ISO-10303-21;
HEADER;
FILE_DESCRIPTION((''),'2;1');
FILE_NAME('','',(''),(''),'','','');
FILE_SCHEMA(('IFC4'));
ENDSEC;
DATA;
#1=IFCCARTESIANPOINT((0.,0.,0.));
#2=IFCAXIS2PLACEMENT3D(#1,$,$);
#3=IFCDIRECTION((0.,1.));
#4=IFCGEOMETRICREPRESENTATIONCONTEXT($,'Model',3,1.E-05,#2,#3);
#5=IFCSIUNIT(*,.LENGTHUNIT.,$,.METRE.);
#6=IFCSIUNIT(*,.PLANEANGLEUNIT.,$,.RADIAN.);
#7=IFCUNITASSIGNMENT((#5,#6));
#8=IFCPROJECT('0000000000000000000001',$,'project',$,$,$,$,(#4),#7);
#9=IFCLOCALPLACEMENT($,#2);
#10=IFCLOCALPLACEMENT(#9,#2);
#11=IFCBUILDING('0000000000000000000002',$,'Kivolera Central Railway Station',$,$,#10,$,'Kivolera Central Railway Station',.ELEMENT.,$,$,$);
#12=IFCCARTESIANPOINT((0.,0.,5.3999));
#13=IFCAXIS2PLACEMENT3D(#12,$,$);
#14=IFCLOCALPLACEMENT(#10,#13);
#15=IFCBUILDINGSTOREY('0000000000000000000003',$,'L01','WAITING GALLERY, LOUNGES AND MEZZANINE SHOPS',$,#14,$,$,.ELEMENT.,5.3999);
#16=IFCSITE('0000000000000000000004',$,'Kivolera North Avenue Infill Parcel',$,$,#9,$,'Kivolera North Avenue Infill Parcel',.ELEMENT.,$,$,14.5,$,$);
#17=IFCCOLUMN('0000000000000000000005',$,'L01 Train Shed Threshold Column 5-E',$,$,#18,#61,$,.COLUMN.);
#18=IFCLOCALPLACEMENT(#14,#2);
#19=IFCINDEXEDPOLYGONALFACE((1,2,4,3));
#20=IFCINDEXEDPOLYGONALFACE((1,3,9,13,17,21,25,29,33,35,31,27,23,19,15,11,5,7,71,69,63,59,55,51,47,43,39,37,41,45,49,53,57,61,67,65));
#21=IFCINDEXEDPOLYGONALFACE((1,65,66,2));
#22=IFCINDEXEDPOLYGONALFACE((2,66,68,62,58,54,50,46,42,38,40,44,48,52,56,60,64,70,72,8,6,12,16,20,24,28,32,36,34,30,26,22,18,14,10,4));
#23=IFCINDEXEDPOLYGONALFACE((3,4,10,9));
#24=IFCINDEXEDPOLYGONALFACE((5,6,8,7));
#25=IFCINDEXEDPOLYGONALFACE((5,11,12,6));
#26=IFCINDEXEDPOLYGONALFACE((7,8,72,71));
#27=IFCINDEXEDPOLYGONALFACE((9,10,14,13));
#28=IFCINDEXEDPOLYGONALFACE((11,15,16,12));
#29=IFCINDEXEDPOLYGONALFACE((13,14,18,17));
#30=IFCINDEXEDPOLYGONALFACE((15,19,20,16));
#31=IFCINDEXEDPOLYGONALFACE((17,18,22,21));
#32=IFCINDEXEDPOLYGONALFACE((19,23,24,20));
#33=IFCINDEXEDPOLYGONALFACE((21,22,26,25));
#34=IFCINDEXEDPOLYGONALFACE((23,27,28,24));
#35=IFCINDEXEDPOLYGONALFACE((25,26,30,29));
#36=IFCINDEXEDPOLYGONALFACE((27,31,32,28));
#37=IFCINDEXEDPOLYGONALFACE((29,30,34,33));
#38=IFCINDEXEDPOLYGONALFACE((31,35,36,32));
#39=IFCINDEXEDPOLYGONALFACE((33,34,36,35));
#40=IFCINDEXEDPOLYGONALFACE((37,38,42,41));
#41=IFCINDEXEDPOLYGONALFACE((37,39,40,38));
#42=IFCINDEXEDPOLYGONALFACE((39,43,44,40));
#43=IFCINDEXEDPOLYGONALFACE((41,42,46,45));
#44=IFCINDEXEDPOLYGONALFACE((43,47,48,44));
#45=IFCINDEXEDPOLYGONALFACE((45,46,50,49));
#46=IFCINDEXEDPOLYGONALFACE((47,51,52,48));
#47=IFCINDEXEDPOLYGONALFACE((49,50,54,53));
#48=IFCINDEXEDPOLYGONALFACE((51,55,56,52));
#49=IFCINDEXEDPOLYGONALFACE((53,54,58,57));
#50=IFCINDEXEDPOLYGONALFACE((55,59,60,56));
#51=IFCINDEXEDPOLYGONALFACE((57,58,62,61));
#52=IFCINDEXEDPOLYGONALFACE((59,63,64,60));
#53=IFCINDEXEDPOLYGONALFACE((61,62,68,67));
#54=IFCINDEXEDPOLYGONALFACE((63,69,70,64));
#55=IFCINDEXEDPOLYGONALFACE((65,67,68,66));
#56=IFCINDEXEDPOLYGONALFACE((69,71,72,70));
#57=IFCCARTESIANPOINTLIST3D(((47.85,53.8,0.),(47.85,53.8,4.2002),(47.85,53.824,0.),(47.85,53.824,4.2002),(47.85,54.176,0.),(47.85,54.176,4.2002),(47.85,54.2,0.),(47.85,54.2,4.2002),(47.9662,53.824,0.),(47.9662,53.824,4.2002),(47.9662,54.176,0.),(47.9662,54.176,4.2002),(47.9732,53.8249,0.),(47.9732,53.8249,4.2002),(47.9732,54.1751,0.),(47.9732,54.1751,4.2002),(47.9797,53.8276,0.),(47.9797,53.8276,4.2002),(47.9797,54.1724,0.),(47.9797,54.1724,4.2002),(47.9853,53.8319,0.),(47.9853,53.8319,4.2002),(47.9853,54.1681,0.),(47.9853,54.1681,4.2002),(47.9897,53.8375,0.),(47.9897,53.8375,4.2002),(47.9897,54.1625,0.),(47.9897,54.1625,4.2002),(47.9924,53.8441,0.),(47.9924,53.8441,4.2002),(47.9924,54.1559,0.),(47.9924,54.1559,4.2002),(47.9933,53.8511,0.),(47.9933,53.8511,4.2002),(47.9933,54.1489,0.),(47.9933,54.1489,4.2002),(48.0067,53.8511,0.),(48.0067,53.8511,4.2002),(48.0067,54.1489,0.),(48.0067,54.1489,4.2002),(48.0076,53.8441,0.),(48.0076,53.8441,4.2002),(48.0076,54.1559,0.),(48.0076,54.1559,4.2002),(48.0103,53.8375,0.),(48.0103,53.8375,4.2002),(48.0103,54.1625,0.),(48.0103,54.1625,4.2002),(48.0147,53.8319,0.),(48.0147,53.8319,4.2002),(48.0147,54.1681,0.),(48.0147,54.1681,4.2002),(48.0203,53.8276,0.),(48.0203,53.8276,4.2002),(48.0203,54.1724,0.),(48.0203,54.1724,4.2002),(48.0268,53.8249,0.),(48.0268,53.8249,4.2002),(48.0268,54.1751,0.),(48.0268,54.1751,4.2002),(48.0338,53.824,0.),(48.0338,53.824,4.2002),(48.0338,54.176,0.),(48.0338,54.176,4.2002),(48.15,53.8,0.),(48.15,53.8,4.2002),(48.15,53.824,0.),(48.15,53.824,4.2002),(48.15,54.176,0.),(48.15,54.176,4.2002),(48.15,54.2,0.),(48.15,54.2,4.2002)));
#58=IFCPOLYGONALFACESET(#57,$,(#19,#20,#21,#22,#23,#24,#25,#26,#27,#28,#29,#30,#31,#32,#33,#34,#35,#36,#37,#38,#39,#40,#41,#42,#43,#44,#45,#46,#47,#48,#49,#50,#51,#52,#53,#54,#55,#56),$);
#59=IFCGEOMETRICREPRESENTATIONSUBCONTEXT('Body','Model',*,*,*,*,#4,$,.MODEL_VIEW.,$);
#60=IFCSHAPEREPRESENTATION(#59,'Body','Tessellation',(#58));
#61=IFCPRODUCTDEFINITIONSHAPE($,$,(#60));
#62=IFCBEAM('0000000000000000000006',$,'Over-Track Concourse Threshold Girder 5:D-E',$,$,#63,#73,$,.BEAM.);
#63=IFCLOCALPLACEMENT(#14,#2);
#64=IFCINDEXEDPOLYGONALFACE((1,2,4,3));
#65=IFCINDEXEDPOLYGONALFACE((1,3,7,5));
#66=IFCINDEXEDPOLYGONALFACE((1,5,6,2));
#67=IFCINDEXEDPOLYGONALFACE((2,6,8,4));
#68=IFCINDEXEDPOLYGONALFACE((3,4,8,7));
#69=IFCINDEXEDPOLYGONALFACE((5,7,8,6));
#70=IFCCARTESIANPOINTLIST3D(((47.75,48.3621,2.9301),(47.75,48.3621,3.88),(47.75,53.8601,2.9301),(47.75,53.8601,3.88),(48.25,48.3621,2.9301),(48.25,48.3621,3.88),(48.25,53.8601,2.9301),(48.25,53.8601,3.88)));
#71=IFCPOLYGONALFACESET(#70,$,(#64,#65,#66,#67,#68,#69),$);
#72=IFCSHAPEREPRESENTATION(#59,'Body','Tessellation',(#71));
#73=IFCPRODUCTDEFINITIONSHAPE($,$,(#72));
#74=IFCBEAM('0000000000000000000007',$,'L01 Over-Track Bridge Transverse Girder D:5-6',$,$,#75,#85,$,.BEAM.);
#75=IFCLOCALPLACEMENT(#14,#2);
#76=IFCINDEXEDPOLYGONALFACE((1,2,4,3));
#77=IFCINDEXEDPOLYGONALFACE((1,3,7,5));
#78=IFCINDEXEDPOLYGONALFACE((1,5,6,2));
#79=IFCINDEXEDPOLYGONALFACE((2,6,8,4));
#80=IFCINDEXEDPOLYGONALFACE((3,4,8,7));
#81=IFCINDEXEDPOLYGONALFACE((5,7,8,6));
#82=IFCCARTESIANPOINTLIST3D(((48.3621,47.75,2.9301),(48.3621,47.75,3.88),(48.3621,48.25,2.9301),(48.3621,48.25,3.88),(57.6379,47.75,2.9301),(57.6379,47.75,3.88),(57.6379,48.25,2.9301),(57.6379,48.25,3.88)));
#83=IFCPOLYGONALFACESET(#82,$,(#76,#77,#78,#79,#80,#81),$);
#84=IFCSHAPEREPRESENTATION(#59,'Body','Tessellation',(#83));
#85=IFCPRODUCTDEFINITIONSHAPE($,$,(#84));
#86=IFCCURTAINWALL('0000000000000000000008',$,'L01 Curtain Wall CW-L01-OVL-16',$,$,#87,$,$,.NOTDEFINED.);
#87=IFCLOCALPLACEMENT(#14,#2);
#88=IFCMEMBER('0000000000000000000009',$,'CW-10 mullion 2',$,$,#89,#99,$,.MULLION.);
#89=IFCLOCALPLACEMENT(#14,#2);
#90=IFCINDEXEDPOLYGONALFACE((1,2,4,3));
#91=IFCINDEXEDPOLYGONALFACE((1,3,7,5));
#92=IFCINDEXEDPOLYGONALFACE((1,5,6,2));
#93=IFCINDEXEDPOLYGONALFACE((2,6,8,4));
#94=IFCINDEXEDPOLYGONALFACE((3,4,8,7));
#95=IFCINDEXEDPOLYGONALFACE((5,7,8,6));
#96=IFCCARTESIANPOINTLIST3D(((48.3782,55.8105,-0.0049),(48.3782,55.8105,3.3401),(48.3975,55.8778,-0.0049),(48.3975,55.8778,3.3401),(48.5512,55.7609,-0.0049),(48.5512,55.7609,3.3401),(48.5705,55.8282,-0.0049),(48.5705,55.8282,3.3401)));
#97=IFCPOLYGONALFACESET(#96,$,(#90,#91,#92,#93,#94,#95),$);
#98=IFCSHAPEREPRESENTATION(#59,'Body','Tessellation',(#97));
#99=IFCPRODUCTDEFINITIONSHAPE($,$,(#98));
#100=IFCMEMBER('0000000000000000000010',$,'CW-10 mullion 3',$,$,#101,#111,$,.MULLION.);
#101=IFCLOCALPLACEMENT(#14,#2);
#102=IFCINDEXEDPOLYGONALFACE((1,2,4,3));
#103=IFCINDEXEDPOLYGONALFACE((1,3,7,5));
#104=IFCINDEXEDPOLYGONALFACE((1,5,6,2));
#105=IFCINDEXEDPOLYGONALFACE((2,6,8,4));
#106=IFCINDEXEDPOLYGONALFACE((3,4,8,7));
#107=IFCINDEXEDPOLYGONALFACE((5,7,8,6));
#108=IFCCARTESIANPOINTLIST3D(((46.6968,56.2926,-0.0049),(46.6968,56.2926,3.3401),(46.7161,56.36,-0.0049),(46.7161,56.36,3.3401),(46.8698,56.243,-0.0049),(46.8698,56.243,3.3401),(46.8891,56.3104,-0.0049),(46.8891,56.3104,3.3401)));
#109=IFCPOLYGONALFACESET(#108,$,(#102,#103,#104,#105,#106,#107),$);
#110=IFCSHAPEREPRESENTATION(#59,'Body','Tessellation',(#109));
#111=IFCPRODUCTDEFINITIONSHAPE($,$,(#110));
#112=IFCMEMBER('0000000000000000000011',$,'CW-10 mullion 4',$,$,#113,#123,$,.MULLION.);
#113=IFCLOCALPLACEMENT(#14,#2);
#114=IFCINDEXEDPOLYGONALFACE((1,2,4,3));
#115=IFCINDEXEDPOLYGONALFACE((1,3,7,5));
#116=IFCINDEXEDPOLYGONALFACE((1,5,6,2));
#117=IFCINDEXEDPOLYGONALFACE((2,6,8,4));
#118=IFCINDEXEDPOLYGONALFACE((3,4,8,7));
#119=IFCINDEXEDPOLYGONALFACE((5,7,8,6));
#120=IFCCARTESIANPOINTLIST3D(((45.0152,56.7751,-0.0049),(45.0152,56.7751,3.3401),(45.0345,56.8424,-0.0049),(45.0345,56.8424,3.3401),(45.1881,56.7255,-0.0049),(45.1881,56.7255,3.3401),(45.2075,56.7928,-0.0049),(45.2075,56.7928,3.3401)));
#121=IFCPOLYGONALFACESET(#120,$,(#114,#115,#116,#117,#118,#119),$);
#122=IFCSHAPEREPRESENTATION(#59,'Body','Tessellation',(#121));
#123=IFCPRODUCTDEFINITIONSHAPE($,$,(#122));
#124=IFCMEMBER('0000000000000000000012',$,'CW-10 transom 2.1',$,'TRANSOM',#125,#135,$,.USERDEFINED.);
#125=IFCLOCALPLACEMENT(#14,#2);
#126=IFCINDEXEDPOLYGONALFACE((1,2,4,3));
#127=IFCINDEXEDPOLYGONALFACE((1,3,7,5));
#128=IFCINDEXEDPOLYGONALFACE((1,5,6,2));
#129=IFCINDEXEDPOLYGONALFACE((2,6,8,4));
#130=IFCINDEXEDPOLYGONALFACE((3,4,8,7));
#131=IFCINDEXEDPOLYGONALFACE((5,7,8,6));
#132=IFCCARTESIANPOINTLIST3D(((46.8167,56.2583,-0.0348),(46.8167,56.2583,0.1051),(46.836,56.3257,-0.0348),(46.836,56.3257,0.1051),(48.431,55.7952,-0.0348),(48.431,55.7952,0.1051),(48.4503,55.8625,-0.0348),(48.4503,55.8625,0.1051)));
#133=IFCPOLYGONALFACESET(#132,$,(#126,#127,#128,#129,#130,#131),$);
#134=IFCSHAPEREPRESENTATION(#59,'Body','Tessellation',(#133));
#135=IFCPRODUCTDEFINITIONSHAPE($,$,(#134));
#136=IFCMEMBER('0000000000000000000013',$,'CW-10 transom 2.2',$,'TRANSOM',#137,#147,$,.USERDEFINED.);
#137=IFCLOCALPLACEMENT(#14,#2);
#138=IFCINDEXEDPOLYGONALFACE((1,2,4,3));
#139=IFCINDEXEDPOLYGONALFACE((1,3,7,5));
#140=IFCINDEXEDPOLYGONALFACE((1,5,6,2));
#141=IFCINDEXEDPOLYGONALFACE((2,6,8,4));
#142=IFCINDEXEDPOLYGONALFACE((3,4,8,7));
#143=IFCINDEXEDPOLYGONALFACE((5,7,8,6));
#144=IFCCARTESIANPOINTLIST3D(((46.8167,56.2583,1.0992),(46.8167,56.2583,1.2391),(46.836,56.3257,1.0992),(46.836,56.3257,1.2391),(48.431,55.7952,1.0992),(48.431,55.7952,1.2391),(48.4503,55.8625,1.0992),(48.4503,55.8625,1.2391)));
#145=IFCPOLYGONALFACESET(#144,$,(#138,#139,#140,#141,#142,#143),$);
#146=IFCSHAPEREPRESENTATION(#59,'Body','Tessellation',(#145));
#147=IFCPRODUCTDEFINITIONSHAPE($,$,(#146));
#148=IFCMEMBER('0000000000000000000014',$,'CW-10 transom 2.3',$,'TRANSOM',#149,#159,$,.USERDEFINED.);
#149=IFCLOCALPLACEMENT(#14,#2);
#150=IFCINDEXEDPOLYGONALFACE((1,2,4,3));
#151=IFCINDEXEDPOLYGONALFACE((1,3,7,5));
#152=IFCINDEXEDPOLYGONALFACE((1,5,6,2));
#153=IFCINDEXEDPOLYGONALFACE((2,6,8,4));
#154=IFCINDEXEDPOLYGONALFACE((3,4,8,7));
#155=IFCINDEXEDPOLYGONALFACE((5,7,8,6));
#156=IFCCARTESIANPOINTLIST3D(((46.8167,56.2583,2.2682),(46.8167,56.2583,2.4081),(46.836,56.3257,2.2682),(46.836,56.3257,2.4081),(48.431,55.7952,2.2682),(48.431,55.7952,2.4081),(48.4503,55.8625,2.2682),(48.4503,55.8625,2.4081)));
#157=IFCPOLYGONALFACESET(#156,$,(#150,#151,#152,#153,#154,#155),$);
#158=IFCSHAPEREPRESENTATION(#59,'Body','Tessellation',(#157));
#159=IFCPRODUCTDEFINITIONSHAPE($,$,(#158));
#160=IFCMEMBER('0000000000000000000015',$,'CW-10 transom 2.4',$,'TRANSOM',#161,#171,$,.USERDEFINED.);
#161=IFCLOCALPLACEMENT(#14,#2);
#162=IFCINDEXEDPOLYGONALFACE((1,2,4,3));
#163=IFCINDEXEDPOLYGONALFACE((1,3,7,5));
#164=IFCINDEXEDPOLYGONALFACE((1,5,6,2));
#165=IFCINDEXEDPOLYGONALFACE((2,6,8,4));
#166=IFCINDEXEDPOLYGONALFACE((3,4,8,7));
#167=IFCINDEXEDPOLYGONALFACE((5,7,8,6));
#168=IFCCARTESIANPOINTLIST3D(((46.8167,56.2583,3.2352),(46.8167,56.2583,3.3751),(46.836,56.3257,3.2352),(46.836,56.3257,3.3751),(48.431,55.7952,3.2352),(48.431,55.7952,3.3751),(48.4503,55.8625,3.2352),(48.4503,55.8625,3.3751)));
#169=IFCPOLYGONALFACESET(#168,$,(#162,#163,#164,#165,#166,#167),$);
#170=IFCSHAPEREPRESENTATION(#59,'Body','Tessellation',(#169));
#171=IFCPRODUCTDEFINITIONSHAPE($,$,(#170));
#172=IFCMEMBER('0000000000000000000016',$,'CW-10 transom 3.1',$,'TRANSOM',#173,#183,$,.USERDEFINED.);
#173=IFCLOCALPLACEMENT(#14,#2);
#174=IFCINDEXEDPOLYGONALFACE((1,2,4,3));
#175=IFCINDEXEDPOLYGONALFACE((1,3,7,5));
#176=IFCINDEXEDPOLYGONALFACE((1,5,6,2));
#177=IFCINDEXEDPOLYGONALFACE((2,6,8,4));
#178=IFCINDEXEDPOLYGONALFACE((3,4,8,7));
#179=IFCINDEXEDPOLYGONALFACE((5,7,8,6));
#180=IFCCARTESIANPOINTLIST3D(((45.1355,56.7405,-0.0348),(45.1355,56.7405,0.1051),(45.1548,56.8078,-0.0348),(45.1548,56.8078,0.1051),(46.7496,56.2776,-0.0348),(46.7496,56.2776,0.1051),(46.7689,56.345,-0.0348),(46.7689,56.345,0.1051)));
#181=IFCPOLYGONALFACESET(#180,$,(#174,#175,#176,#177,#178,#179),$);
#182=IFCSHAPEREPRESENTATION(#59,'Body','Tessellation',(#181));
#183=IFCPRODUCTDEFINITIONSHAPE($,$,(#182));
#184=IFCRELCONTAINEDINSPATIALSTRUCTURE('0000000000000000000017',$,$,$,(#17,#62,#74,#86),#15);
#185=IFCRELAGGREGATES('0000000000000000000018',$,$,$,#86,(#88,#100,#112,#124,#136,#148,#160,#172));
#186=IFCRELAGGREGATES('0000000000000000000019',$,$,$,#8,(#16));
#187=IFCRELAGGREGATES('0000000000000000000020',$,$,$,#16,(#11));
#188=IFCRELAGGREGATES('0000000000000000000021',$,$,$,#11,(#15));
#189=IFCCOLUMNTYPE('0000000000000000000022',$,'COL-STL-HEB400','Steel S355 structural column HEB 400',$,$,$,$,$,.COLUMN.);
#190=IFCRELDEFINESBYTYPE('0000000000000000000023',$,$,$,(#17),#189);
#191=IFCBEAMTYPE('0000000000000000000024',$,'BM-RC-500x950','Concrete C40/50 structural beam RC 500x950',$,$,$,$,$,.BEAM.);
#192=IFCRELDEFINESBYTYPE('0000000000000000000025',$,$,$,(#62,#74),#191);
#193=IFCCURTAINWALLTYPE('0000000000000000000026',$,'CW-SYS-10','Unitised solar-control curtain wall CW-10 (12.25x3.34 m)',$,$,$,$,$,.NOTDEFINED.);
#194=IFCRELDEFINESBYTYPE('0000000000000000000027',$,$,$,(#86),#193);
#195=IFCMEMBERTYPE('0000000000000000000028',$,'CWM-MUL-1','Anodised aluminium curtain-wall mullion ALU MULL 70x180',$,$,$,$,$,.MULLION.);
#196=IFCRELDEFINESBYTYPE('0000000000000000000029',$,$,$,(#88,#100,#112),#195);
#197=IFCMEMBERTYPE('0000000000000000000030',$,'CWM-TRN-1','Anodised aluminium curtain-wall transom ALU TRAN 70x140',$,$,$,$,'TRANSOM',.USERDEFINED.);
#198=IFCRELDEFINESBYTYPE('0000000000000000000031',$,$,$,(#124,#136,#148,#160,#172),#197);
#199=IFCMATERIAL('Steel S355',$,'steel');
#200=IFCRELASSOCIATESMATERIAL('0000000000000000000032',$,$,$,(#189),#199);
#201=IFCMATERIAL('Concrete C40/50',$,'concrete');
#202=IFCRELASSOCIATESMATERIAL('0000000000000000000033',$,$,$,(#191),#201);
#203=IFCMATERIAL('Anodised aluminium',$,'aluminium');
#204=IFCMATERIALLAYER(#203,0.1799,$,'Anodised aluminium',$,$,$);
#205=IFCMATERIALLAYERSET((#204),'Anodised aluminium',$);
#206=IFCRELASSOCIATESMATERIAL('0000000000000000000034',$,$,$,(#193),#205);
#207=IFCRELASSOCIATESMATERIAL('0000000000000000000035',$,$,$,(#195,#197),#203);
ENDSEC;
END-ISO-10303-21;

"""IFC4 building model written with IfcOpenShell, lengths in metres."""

from ifc_helpers import new_model, si_unit, direction, frame, origin, origin_2d, place, context, subcontext, project, spatial, rectangle, i_section, extrude, material, layer, layer_set, material_profile, profile_set, type_object, element, aggregate, save


model = new_model("IFC4")

# Units and contexts
model_context = context("Model", 3, precision=1e-05, world=origin(), true_north=direction((0.0, 1.0)))
body_context = subcontext(model_context, "Body", "Model", "MODEL_VIEW")
ifc_project = project(units=[si_unit("LENGTHUNIT", "METRE"), si_unit("PLANEANGLEUNIT", "RADIAN")], contexts=[model_context])

# Site, building, storey
site_placement = place(None, origin())
site = spatial("IfcSite", under=ifc_project, at=site_placement, Name="Kivolera North Avenue Infill Parcel", LongName="Kivolera North Avenue Infill Parcel", CompositionType="ELEMENT", RefElevation=14.5)
building_placement = place(site_placement, origin())
building = spatial("IfcBuilding", under=site, at=building_placement, Name="Kivolera Central Railway Station", LongName="Kivolera Central Railway Station", CompositionType="ELEMENT")
storey_placement = place(building_placement, frame((0.0, 0.0, 5.3999)))
storey = spatial("IfcBuildingStorey", under=building, at=storey_placement, Name="L01", Description="WAITING GALLERY, LOUNGES AND MEZZANINE SHOPS", CompositionType="ELEMENT", Elevation=5.3999)

# Column
ifc_material_1 = material(Name="Steel S355", Category="steel")
ifc_material_profile_1 = material_profile(ifc_material_1, i_section(OverallWidth=0.3, OverallDepth=0.3999, WebThickness=0.0134, FlangeThickness=0.0239, FilletRadius=0.0271, at=origin_2d()), Name="HEB 400")
ifc_profile_set_1 = profile_set([ifc_material_profile_1], Name="Steel S355")
column_type = type_object("IfcColumnType", Name="COL-STL-HEB400", Description="Steel S355 structural column HEB 400", PredefinedType="COLUMN", material=ifc_profile_set_1)
column_placement = place(storey_placement, frame((48.0, 54.0, 0.0), z_axis=(0.0, 0.0, 1.0), x_axis=(1.0, 0.0, 0.0)))
element("IfcColumn", 1, at=column_placement, inside=storey, type_object=column_type, Name="L01 Train Shed Threshold Column 5-E", PredefinedType="COLUMN", context=body_context, shape_type="SweptSolid", body=[
    extrude(i_section(OverallWidth=0.3, OverallDepth=0.3999, WebThickness=0.0134, FlangeThickness=0.0239, FilletRadius=0.0271, at=origin_2d()), origin(), (0.0, 0.0, 1.0), 4.2002),
])

# Beams
ifc_material_2 = material(Name="Concrete C40/50", Category="concrete")
ifc_material_profile_2 = material_profile(ifc_material_2, rectangle(XDim=0.5, YDim=0.95, at=origin_2d()), Name="RC 500x950")
ifc_profile_set_2 = profile_set([ifc_material_profile_2], Name="Concrete C40/50")
beam_type = type_object("IfcBeamType", Name="BM-RC-500x950", Description="Concrete C40/50 structural beam RC 500x950", PredefinedType="BEAM", material=ifc_profile_set_2)
beam_1_placement = place(storey_placement, frame((48.0, 48.3621, 3.405), z_axis=(0.0, 1.0, 0.0), x_axis=(-1.0, 0.0, 0.0)))
element("IfcBeam", 2, at=beam_1_placement, inside=storey, type_object=beam_type, Name="Over-Track Concourse Threshold Girder 5:D-E", PredefinedType="BEAM", context=body_context, shape_type="SweptSolid", body=[
    extrude(rectangle(XDim=0.5, YDim=0.95, at=origin_2d()), origin(), (0.0, 0.0, 1.0), 5.498),
])
beam_2_placement = place(storey_placement, frame((48.3621, 48.0, 3.405), z_axis=(1.0, 0.0, 0.0), x_axis=(0.0, 1.0, 0.0)))
element("IfcBeam", 3, at=beam_2_placement, inside=storey, type_object=beam_type, Name="L01 Over-Track Bridge Transverse Girder D:5-6", PredefinedType="BEAM", context=body_context, shape_type="SweptSolid", body=[
    extrude(rectangle(XDim=0.5, YDim=0.95, at=origin_2d()), origin(), (0.0, 0.0, 1.0), 9.2759),
])

# Curtain wall, members
ifc_material_3 = material(Name="Anodised aluminium", Category="aluminium")
ifc_layer_1 = layer(ifc_material_3, 0.1799, Name="Anodised aluminium")
ifc_layer_set_1 = layer_set([ifc_layer_1], Name="Anodised aluminium")
curtain_wall_type = type_object("IfcCurtainWallType", Name="CW-SYS-10", Description="Unitised solar-control curtain wall CW-10 (12.25x3.34 m)", PredefinedType="NOTDEFINED", material=ifc_layer_set_1)
curtain_wall_placement = place(storey_placement, origin())
curtain_wall = element("IfcCurtainWall", 4, at=curtain_wall_placement, inside=storey, type_object=curtain_wall_type, Name="L01 Curtain Wall CW-L01-OVL-16", PredefinedType="NOTDEFINED")
ifc_material_profile_3 = material_profile(ifc_material_3, rectangle(XDim=0.0701, YDim=0.1799, at=origin_2d()), Name="ALU MULL 70x180")
ifc_profile_set_3 = profile_set([ifc_material_profile_3], Name="Anodised aluminium")
member_type_1 = type_object("IfcMemberType", Name="CWM-MUL-1", Description="Anodised aluminium curtain-wall mullion ALU MULL 70x180", PredefinedType="MULLION", material=ifc_profile_set_3)
member_1_placement = place(storey_placement, frame((48.4744, 55.8193, -0.0049), z_axis=(0.0, 0.0, 1.0), x_axis=(-0.275692, -0.961246, 0.0)))
member_1 = element("IfcMember", 5, at=member_1_placement, type_object=member_type_1, Name="CW-10 mullion 2", PredefinedType="MULLION", context=body_context, shape_type="SweptSolid", body=[
    extrude(rectangle(XDim=0.0701, YDim=0.1799, at=origin_2d()), origin(), (0.0, 0.0, 1.0), 3.345),
])
member_2_placement = place(storey_placement, frame((46.793, 56.3015, -0.0049), z_axis=(0.0, 0.0, 1.0), x_axis=(-0.275692, -0.961246, 0.0)))
member_2 = element("IfcMember", 6, at=member_2_placement, type_object=member_type_1, Name="CW-10 mullion 3", PredefinedType="MULLION", context=body_context, shape_type="SweptSolid", body=[
    extrude(rectangle(XDim=0.0701, YDim=0.1799, at=origin_2d()), origin(), (0.0, 0.0, 1.0), 3.345),
])
member_3_placement = place(storey_placement, frame((45.1113, 56.7839, -0.0049), z_axis=(0.0, 0.0, 1.0), x_axis=(-0.275692, -0.961246, 0.0)))
member_3 = element("IfcMember", 7, at=member_3_placement, type_object=member_type_1, Name="CW-10 mullion 4", PredefinedType="MULLION", context=body_context, shape_type="SweptSolid", body=[
    extrude(rectangle(XDim=0.0701, YDim=0.1799, at=origin_2d()), origin(), (0.0, 0.0, 1.0), 3.345),
])
ifc_material_profile_4 = material_profile(ifc_material_3, rectangle(XDim=0.0701, YDim=0.1399, at=origin_2d()), Name="ALU TRAN 70x140")
ifc_profile_set_4 = profile_set([ifc_material_profile_4], Name="Anodised aluminium")
member_type_2 = type_object("IfcMemberType", Name="CWM-TRN-1", Description="Anodised aluminium curtain-wall transom ALU TRAN 70x140", ElementType="TRANSOM", PredefinedType="USERDEFINED", material=ifc_profile_set_4)
member_4_placement = place(storey_placement, frame((48.4407, 55.8289, 0.0352), z_axis=(-0.961222, 0.275777, 0.0), x_axis=(-0.275777, -0.961222, 0.0)))
member_4 = element("IfcMember", 8, at=member_4_placement, type_object=member_type_2, Name="CW-10 transom 2.1", ObjectType="TRANSOM", PredefinedType="USERDEFINED", context=body_context, shape_type="SweptSolid", body=[
    extrude(rectangle(XDim=0.0701, YDim=0.1399, at=origin_2d()), origin(), (0.0, 0.0, 1.0), 1.6794),
])
member_5_placement = place(storey_placement, frame((48.4407, 55.8289, 1.1692), z_axis=(-0.961222, 0.275777, 0.0), x_axis=(-0.275777, -0.961222, 0.0)))
member_5 = element("IfcMember", 9, at=member_5_placement, type_object=member_type_2, Name="CW-10 transom 2.2", ObjectType="TRANSOM", PredefinedType="USERDEFINED", context=body_context, shape_type="SweptSolid", body=[
    extrude(rectangle(XDim=0.0701, YDim=0.1399, at=origin_2d()), origin(), (0.0, 0.0, 1.0), 1.6794),
])
member_6_placement = place(storey_placement, frame((48.4407, 55.8289, 2.3381), z_axis=(-0.961222, 0.275777, 0.0), x_axis=(-0.275777, -0.961222, 0.0)))
member_6 = element("IfcMember", 10, at=member_6_placement, type_object=member_type_2, Name="CW-10 transom 2.3", ObjectType="TRANSOM", PredefinedType="USERDEFINED", context=body_context, shape_type="SweptSolid", body=[
    extrude(rectangle(XDim=0.0701, YDim=0.1399, at=origin_2d()), origin(), (0.0, 0.0, 1.0), 1.6794),
])
member_7_placement = place(storey_placement, frame((48.4407, 55.8289, 3.3052), z_axis=(-0.961222, 0.275777, 0.0), x_axis=(-0.275777, -0.961222, 0.0)))
member_7 = element("IfcMember", 11, at=member_7_placement, type_object=member_type_2, Name="CW-10 transom 2.4", ObjectType="TRANSOM", PredefinedType="USERDEFINED", context=body_context, shape_type="SweptSolid", body=[
    extrude(rectangle(XDim=0.0701, YDim=0.1399, at=origin_2d()), origin(), (0.0, 0.0, 1.0), 1.6794),
])
member_8_placement = place(storey_placement, frame((46.7593, 56.3113, 0.0352), z_axis=(-0.96126, 0.275643, 0.0), x_axis=(-0.275643, -0.96126, 0.0)))
member_8 = element("IfcMember", 12, at=member_8_placement, type_object=member_type_2, Name="CW-10 transom 3.1", ObjectType="TRANSOM", PredefinedType="USERDEFINED", context=body_context, shape_type="SweptSolid", body=[
    extrude(rectangle(XDim=0.0701, YDim=0.1399, at=origin_2d()), origin(), (0.0, 0.0, 1.0), 1.6792),
])
aggregate(curtain_wall, [member_1, member_2, member_3, member_4, member_5, member_6, member_7, member_8])

save(model, "model.ifc")
